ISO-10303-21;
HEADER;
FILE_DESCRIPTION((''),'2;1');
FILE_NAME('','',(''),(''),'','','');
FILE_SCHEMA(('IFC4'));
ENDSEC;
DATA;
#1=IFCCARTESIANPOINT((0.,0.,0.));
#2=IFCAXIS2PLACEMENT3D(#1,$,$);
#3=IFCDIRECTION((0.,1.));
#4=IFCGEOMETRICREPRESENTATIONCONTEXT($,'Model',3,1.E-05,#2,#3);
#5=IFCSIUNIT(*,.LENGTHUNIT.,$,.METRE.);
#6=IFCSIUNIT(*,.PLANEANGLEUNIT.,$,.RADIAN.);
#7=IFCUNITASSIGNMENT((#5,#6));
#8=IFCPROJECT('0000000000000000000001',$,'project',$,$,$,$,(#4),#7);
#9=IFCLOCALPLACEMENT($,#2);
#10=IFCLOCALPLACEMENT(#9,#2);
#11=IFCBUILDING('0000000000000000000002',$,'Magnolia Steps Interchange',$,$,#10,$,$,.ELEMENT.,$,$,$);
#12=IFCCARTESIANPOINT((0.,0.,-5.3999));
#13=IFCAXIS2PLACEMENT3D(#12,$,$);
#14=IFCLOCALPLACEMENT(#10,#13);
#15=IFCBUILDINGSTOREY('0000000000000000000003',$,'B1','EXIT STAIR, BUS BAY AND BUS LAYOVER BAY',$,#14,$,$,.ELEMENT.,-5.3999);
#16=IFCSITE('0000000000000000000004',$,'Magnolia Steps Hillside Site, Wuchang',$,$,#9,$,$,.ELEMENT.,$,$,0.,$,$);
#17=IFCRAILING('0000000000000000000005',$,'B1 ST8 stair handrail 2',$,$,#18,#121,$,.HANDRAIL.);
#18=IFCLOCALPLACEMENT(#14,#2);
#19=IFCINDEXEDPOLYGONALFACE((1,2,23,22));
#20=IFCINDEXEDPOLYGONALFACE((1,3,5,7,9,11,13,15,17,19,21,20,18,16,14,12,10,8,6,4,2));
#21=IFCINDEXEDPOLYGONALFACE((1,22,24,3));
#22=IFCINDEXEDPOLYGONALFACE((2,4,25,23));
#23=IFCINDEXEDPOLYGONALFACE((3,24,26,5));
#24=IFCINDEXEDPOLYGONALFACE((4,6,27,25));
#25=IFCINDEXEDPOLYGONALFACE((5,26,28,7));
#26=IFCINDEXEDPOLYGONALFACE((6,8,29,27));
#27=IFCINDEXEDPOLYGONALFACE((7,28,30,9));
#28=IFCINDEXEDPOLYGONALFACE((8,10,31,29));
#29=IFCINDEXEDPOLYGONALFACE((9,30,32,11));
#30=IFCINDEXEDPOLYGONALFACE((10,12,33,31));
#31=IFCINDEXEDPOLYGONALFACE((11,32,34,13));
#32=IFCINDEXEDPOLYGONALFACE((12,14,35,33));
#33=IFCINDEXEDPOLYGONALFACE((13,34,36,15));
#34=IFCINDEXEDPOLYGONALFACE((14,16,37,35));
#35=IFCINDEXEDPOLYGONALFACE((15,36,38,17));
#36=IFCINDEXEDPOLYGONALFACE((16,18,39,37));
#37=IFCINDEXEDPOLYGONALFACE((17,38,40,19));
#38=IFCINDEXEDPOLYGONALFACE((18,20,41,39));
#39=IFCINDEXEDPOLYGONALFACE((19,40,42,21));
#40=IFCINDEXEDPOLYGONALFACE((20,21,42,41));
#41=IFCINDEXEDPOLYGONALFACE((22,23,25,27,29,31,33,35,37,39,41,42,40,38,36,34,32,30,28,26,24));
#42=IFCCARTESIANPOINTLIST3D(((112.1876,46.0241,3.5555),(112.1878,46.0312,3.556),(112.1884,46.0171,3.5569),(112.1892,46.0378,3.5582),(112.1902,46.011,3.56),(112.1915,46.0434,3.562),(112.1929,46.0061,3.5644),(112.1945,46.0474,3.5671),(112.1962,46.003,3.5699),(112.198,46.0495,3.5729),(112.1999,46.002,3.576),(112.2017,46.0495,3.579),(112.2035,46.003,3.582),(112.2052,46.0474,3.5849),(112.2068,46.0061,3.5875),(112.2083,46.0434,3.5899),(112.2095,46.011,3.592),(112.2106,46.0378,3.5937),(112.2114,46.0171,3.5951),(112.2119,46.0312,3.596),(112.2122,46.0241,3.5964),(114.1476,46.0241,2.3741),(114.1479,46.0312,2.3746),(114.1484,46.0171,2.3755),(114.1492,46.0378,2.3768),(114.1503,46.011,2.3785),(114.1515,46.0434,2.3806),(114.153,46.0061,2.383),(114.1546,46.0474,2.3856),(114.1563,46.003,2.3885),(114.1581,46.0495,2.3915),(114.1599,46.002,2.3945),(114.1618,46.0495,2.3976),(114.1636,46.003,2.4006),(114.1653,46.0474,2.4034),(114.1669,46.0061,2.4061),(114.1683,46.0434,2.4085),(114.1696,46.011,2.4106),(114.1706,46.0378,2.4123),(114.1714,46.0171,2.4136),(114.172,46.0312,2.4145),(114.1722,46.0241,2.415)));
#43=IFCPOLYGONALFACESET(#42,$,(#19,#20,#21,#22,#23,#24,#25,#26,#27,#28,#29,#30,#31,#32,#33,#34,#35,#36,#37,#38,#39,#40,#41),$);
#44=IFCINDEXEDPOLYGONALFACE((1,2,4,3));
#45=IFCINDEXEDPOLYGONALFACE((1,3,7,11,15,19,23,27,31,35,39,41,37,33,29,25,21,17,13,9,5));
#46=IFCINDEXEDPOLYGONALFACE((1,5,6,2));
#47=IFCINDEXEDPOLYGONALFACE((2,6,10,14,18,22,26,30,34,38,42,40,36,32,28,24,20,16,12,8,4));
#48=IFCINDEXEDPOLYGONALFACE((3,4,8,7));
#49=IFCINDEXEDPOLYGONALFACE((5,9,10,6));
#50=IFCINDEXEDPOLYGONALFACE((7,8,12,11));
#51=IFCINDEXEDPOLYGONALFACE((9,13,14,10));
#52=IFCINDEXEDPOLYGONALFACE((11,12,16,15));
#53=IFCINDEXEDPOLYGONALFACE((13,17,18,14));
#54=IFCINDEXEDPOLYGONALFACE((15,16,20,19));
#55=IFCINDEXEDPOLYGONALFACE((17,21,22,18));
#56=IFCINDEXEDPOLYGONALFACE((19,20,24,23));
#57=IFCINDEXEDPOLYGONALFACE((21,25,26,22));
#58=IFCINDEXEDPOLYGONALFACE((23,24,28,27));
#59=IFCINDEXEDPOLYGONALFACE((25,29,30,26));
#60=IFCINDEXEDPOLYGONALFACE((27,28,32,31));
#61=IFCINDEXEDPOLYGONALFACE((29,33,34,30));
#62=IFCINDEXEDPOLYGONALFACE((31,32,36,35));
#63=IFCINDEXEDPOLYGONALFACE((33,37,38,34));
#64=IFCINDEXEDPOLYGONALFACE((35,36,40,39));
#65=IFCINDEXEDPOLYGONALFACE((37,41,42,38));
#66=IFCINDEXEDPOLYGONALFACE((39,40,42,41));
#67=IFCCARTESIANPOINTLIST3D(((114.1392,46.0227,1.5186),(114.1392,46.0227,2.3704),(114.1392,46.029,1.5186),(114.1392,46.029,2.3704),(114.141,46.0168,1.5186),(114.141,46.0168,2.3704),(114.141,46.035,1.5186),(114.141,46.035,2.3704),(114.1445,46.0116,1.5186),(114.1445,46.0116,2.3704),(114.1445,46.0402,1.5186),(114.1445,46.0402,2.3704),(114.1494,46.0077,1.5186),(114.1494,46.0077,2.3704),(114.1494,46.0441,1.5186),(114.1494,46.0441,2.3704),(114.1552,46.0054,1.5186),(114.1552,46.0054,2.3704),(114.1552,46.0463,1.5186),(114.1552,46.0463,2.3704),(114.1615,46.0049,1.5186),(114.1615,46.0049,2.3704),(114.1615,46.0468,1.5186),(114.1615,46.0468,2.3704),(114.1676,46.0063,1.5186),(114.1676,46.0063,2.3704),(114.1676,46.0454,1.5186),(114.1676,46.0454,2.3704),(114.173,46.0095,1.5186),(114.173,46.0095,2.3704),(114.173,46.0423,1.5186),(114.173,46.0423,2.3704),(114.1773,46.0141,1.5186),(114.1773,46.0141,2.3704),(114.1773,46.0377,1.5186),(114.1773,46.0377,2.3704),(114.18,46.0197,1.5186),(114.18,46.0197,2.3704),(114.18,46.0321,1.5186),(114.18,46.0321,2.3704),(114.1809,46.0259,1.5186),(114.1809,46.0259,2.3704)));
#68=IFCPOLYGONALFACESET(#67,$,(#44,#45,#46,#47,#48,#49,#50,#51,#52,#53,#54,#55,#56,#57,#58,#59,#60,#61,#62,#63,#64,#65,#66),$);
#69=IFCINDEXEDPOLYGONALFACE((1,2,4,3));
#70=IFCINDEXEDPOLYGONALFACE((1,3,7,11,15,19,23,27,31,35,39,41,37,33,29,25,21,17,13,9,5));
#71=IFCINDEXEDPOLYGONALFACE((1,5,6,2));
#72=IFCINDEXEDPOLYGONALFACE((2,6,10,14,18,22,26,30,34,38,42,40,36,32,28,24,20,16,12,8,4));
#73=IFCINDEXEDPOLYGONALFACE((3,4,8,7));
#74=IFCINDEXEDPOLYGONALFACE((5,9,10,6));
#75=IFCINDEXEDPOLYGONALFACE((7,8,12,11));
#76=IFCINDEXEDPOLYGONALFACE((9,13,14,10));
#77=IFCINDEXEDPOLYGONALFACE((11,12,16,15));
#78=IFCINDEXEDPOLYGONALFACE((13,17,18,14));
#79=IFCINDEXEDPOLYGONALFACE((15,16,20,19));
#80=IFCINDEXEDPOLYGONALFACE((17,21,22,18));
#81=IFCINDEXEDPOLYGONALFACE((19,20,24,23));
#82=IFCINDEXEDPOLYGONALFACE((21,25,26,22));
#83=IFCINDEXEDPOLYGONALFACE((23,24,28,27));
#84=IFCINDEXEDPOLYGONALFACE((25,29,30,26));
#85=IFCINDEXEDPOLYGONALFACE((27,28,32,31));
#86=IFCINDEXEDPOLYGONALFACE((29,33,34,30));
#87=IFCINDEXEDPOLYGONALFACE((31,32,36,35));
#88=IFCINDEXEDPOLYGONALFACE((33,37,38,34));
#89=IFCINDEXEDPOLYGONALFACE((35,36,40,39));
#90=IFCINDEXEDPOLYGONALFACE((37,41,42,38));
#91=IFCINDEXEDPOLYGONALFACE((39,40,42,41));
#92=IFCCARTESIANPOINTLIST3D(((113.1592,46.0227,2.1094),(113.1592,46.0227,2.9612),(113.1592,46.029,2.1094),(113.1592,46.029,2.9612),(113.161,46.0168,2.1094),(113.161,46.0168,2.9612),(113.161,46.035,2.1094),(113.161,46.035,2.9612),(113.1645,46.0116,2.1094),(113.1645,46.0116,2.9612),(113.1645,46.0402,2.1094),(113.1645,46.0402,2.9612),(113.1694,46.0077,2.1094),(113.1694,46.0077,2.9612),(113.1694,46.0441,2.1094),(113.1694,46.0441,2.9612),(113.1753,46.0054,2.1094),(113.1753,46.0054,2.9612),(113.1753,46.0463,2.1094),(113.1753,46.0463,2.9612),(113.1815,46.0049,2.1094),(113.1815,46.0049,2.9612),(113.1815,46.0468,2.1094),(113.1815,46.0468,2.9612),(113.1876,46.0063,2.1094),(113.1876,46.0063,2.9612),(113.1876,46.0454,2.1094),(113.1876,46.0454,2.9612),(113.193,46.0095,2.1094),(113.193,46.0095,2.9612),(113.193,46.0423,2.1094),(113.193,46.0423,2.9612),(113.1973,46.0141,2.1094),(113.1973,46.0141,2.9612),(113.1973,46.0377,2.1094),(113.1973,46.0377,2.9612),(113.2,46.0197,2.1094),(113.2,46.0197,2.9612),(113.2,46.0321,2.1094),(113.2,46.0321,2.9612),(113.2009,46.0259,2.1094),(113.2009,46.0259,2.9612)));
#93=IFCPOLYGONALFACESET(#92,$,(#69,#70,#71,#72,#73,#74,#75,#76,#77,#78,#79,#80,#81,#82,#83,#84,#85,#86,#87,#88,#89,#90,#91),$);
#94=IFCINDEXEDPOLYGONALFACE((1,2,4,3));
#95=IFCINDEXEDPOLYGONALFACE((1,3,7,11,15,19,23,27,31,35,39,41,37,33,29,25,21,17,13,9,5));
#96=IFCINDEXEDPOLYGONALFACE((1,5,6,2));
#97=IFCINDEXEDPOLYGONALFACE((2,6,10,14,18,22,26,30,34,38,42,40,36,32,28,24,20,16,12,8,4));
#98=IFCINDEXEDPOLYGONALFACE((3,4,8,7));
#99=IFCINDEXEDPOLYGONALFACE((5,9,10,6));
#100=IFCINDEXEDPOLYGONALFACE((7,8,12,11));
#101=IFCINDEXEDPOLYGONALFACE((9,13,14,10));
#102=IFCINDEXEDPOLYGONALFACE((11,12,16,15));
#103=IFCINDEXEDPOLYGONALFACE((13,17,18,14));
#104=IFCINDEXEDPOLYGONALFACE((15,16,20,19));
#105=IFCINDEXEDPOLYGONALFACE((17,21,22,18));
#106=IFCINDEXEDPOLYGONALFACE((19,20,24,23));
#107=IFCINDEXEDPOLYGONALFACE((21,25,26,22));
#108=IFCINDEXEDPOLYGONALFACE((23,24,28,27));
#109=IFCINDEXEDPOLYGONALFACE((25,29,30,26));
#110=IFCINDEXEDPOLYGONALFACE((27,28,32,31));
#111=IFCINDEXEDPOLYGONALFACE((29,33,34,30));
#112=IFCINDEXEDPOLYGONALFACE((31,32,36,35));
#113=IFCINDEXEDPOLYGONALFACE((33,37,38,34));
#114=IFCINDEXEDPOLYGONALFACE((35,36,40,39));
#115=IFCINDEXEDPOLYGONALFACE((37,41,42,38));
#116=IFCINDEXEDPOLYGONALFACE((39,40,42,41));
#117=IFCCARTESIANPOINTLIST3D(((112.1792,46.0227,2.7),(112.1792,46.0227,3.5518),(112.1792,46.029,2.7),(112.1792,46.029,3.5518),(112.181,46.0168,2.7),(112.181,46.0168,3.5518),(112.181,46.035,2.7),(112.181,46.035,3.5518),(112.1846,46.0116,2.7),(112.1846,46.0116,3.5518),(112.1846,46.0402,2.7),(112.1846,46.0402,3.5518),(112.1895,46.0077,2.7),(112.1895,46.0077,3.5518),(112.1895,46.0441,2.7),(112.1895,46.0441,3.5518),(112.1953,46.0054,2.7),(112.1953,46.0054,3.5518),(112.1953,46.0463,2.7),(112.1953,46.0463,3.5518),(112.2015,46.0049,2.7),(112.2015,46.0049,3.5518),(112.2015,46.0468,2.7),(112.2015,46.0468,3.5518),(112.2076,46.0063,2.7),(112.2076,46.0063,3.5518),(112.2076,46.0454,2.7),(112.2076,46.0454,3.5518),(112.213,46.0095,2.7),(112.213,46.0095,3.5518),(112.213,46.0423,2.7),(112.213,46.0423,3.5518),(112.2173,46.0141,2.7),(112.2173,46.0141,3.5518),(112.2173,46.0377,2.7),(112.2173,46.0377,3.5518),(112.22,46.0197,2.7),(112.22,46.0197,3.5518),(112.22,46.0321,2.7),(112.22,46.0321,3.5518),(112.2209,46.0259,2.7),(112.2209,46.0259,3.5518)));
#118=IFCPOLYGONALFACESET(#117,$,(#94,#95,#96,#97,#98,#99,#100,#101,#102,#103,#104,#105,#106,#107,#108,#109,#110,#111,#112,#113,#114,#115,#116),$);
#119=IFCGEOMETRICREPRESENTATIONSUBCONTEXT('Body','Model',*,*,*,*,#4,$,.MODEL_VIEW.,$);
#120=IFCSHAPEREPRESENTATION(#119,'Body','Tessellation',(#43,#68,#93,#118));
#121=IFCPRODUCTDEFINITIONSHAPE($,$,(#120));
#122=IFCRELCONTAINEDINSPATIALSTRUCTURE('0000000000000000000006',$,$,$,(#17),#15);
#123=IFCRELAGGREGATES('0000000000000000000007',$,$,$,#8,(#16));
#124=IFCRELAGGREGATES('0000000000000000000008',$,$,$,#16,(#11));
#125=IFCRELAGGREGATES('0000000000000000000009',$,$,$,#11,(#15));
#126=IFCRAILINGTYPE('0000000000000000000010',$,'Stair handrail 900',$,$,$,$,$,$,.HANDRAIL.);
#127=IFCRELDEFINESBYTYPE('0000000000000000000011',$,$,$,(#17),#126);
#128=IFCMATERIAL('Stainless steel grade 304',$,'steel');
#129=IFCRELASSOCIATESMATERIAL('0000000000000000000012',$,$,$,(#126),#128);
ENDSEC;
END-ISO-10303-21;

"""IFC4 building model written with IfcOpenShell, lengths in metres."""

from ifc_helpers import new_model, si_unit, direction, frame, origin, origin_2d, place, context, subcontext, project, spatial, circle, extrude, material, type_object, element, save


model = new_model("IFC4")

# Units and contexts
model_context = context("Model", 3, precision=1e-05, world=origin(), true_north=direction((0.0, 1.0)))
body_context = subcontext(model_context, "Body", "Model", "MODEL_VIEW")
ifc_project = project(units=[si_unit("LENGTHUNIT", "METRE"), si_unit("PLANEANGLEUNIT", "RADIAN")], contexts=[model_context])

# Site, building, storey
site_placement = place(None, origin())
site = spatial("IfcSite", under=ifc_project, at=site_placement, Name="Magnolia Steps Hillside Site, Wuchang", CompositionType="ELEMENT", RefElevation=0.0)
building_placement = place(site_placement, origin())
building = spatial("IfcBuilding", under=site, at=building_placement, Name="Magnolia Steps Interchange", CompositionType="ELEMENT")
storey_placement = place(building_placement, frame((0.0, 0.0, -5.3999)))
storey = spatial("IfcBuildingStorey", under=building, at=storey_placement, Name="B1", Description="EXIT STAIR, BUS BAY AND BUS LAYOVER BAY", CompositionType="ELEMENT", Elevation=-5.3999)

# Railing
ifc_material_1 = material(Name="Stainless steel grade 304", Category="steel")
railing_type_1 = type_object("IfcRailingType", Name="Stair handrail 900", PredefinedType="HANDRAIL", material=ifc_material_1)
railing_1_placement = place(storey_placement, frame((114.1599, 46.0259, 1.5186)))
element("IfcRailing", 1, at=railing_1_placement, inside=storey, type_object=railing_type_1, Name="B1 ST8 stair handrail 2", PredefinedType="HANDRAIL", context=body_context, shape_type="SweptSolid", body=[
    extrude(circle(Radius=0.0239, at=origin_2d()), frame((0.0, 0.0, 0.876), z_axis=(-0.856446, 0.0, 0.516236), x_axis=(0.0, -1.0, 0.0)), (0.0, 0.0, 1.0), 2.2886),
    extrude(circle(Radius=0.021, at=origin_2d()), origin(), (0.0, 0.0, 1.0), 0.8518),
    extrude(circle(Radius=0.021, at=origin_2d()), frame((-0.98, 0.0, 0.5908)), (0.0, 0.0, 1.0), 0.8518),
    extrude(circle(Radius=0.021, at=origin_2d()), frame((-1.96, 0.0, 1.1814)), (0.0, 0.0, 1.0), 0.8518),
])

save(model, "model.ifc")
